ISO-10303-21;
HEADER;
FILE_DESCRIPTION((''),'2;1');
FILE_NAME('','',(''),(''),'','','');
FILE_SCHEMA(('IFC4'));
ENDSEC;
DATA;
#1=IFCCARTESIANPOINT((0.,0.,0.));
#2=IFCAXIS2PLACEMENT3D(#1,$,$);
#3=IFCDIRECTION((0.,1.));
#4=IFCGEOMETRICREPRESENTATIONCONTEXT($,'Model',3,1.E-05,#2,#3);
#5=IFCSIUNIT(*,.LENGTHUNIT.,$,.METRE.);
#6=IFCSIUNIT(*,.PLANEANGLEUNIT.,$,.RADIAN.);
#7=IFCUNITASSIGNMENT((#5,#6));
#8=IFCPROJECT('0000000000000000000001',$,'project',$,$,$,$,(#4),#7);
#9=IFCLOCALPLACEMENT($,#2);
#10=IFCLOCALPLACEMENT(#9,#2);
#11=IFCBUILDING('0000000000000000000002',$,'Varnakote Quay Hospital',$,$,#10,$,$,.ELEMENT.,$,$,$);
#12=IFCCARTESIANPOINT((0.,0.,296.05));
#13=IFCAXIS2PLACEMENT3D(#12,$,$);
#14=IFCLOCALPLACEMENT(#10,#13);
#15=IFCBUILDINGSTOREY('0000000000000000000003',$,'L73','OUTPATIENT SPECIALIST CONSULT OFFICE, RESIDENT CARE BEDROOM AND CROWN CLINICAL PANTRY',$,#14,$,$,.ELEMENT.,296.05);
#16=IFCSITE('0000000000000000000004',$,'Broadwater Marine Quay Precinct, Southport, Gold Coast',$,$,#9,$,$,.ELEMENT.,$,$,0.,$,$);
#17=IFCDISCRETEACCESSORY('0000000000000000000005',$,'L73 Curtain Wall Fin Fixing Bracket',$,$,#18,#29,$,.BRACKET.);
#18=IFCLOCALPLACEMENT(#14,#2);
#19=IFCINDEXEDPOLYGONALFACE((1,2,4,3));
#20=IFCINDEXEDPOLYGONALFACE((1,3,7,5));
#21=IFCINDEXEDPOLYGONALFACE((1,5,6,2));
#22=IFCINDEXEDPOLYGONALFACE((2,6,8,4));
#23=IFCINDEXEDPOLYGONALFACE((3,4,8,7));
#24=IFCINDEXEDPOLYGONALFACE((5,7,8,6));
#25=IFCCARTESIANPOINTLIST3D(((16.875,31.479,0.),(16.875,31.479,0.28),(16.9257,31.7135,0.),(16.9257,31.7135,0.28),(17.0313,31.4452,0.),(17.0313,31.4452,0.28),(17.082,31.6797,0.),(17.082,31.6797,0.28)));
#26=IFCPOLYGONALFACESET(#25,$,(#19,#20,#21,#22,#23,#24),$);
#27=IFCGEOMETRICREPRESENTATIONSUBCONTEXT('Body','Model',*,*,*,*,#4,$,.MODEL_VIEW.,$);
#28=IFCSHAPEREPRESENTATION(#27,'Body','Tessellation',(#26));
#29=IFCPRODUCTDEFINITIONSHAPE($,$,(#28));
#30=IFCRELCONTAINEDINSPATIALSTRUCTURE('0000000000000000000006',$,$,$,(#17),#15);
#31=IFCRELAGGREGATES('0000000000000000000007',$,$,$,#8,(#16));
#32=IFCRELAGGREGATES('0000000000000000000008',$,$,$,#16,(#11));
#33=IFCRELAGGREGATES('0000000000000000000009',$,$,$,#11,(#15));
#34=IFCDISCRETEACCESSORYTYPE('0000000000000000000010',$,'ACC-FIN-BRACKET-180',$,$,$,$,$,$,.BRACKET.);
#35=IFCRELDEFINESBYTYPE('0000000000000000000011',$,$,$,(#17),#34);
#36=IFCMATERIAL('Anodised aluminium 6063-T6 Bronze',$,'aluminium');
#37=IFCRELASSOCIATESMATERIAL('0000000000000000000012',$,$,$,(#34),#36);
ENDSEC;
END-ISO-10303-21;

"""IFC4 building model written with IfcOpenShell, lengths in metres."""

from ifc_helpers import new_model, si_unit, direction, frame, origin, origin_2d, place, context, subcontext, project, spatial, rectangle, extrude, material, type_object, element, save


model = new_model("IFC4")

# Units and contexts
model_context = context("Model", 3, precision=1e-05, world=origin(), true_north=direction((0.0, 1.0)))
body_context = subcontext(model_context, "Body", "Model", "MODEL_VIEW")
ifc_project = project(units=[si_unit("LENGTHUNIT", "METRE"), si_unit("PLANEANGLEUNIT", "RADIAN")], contexts=[model_context])

# Site, building, storey
site_placement = place(None, origin())
site = spatial("IfcSite", under=ifc_project, at=site_placement, Name="Broadwater Marine Quay Precinct, Southport, Gold Coast", CompositionType="ELEMENT", RefElevation=0.0)
building_placement = place(site_placement, origin())
building = spatial("IfcBuilding", under=site, at=building_placement, Name="Varnakote Quay Hospital", CompositionType="ELEMENT")
storey_placement = place(building_placement, frame((0.0, 0.0, 296.05)))
storey = spatial("IfcBuildingStorey", under=building, at=storey_placement, Name="L73", Description="OUTPATIENT SPECIALIST CONSULT OFFICE, RESIDENT CARE BEDROOM AND CROWN CLINICAL PANTRY", CompositionType="ELEMENT", Elevation=296.05)

# Discrete accessory
ifc_material_1 = material(Name="Anodised aluminium 6063-T6 Bronze", Category="aluminium")
discrete_accessory_type = type_object("IfcDiscreteAccessoryType", Name="ACC-FIN-BRACKET-180", PredefinedType="BRACKET", material=ifc_material_1)
discrete_accessory_placement = place(storey_placement, frame((16.9785, 31.5793, 0.0), z_axis=(0.0, 0.0, 1.0), x_axis=(-0.977416, 0.211325, 0.0)))
element("IfcDiscreteAccessory", 1, at=discrete_accessory_placement, inside=storey, type_object=discrete_accessory_type, Name="L73 Curtain Wall Fin Fixing Bracket", PredefinedType="BRACKET", context=body_context, shape_type="SweptSolid", body=[
    extrude(rectangle(XDim=0.1599, YDim=0.24, at=origin_2d()), origin(), (0.0, 0.0, 1.0), 0.28),
])

save(model, "model.ifc")
